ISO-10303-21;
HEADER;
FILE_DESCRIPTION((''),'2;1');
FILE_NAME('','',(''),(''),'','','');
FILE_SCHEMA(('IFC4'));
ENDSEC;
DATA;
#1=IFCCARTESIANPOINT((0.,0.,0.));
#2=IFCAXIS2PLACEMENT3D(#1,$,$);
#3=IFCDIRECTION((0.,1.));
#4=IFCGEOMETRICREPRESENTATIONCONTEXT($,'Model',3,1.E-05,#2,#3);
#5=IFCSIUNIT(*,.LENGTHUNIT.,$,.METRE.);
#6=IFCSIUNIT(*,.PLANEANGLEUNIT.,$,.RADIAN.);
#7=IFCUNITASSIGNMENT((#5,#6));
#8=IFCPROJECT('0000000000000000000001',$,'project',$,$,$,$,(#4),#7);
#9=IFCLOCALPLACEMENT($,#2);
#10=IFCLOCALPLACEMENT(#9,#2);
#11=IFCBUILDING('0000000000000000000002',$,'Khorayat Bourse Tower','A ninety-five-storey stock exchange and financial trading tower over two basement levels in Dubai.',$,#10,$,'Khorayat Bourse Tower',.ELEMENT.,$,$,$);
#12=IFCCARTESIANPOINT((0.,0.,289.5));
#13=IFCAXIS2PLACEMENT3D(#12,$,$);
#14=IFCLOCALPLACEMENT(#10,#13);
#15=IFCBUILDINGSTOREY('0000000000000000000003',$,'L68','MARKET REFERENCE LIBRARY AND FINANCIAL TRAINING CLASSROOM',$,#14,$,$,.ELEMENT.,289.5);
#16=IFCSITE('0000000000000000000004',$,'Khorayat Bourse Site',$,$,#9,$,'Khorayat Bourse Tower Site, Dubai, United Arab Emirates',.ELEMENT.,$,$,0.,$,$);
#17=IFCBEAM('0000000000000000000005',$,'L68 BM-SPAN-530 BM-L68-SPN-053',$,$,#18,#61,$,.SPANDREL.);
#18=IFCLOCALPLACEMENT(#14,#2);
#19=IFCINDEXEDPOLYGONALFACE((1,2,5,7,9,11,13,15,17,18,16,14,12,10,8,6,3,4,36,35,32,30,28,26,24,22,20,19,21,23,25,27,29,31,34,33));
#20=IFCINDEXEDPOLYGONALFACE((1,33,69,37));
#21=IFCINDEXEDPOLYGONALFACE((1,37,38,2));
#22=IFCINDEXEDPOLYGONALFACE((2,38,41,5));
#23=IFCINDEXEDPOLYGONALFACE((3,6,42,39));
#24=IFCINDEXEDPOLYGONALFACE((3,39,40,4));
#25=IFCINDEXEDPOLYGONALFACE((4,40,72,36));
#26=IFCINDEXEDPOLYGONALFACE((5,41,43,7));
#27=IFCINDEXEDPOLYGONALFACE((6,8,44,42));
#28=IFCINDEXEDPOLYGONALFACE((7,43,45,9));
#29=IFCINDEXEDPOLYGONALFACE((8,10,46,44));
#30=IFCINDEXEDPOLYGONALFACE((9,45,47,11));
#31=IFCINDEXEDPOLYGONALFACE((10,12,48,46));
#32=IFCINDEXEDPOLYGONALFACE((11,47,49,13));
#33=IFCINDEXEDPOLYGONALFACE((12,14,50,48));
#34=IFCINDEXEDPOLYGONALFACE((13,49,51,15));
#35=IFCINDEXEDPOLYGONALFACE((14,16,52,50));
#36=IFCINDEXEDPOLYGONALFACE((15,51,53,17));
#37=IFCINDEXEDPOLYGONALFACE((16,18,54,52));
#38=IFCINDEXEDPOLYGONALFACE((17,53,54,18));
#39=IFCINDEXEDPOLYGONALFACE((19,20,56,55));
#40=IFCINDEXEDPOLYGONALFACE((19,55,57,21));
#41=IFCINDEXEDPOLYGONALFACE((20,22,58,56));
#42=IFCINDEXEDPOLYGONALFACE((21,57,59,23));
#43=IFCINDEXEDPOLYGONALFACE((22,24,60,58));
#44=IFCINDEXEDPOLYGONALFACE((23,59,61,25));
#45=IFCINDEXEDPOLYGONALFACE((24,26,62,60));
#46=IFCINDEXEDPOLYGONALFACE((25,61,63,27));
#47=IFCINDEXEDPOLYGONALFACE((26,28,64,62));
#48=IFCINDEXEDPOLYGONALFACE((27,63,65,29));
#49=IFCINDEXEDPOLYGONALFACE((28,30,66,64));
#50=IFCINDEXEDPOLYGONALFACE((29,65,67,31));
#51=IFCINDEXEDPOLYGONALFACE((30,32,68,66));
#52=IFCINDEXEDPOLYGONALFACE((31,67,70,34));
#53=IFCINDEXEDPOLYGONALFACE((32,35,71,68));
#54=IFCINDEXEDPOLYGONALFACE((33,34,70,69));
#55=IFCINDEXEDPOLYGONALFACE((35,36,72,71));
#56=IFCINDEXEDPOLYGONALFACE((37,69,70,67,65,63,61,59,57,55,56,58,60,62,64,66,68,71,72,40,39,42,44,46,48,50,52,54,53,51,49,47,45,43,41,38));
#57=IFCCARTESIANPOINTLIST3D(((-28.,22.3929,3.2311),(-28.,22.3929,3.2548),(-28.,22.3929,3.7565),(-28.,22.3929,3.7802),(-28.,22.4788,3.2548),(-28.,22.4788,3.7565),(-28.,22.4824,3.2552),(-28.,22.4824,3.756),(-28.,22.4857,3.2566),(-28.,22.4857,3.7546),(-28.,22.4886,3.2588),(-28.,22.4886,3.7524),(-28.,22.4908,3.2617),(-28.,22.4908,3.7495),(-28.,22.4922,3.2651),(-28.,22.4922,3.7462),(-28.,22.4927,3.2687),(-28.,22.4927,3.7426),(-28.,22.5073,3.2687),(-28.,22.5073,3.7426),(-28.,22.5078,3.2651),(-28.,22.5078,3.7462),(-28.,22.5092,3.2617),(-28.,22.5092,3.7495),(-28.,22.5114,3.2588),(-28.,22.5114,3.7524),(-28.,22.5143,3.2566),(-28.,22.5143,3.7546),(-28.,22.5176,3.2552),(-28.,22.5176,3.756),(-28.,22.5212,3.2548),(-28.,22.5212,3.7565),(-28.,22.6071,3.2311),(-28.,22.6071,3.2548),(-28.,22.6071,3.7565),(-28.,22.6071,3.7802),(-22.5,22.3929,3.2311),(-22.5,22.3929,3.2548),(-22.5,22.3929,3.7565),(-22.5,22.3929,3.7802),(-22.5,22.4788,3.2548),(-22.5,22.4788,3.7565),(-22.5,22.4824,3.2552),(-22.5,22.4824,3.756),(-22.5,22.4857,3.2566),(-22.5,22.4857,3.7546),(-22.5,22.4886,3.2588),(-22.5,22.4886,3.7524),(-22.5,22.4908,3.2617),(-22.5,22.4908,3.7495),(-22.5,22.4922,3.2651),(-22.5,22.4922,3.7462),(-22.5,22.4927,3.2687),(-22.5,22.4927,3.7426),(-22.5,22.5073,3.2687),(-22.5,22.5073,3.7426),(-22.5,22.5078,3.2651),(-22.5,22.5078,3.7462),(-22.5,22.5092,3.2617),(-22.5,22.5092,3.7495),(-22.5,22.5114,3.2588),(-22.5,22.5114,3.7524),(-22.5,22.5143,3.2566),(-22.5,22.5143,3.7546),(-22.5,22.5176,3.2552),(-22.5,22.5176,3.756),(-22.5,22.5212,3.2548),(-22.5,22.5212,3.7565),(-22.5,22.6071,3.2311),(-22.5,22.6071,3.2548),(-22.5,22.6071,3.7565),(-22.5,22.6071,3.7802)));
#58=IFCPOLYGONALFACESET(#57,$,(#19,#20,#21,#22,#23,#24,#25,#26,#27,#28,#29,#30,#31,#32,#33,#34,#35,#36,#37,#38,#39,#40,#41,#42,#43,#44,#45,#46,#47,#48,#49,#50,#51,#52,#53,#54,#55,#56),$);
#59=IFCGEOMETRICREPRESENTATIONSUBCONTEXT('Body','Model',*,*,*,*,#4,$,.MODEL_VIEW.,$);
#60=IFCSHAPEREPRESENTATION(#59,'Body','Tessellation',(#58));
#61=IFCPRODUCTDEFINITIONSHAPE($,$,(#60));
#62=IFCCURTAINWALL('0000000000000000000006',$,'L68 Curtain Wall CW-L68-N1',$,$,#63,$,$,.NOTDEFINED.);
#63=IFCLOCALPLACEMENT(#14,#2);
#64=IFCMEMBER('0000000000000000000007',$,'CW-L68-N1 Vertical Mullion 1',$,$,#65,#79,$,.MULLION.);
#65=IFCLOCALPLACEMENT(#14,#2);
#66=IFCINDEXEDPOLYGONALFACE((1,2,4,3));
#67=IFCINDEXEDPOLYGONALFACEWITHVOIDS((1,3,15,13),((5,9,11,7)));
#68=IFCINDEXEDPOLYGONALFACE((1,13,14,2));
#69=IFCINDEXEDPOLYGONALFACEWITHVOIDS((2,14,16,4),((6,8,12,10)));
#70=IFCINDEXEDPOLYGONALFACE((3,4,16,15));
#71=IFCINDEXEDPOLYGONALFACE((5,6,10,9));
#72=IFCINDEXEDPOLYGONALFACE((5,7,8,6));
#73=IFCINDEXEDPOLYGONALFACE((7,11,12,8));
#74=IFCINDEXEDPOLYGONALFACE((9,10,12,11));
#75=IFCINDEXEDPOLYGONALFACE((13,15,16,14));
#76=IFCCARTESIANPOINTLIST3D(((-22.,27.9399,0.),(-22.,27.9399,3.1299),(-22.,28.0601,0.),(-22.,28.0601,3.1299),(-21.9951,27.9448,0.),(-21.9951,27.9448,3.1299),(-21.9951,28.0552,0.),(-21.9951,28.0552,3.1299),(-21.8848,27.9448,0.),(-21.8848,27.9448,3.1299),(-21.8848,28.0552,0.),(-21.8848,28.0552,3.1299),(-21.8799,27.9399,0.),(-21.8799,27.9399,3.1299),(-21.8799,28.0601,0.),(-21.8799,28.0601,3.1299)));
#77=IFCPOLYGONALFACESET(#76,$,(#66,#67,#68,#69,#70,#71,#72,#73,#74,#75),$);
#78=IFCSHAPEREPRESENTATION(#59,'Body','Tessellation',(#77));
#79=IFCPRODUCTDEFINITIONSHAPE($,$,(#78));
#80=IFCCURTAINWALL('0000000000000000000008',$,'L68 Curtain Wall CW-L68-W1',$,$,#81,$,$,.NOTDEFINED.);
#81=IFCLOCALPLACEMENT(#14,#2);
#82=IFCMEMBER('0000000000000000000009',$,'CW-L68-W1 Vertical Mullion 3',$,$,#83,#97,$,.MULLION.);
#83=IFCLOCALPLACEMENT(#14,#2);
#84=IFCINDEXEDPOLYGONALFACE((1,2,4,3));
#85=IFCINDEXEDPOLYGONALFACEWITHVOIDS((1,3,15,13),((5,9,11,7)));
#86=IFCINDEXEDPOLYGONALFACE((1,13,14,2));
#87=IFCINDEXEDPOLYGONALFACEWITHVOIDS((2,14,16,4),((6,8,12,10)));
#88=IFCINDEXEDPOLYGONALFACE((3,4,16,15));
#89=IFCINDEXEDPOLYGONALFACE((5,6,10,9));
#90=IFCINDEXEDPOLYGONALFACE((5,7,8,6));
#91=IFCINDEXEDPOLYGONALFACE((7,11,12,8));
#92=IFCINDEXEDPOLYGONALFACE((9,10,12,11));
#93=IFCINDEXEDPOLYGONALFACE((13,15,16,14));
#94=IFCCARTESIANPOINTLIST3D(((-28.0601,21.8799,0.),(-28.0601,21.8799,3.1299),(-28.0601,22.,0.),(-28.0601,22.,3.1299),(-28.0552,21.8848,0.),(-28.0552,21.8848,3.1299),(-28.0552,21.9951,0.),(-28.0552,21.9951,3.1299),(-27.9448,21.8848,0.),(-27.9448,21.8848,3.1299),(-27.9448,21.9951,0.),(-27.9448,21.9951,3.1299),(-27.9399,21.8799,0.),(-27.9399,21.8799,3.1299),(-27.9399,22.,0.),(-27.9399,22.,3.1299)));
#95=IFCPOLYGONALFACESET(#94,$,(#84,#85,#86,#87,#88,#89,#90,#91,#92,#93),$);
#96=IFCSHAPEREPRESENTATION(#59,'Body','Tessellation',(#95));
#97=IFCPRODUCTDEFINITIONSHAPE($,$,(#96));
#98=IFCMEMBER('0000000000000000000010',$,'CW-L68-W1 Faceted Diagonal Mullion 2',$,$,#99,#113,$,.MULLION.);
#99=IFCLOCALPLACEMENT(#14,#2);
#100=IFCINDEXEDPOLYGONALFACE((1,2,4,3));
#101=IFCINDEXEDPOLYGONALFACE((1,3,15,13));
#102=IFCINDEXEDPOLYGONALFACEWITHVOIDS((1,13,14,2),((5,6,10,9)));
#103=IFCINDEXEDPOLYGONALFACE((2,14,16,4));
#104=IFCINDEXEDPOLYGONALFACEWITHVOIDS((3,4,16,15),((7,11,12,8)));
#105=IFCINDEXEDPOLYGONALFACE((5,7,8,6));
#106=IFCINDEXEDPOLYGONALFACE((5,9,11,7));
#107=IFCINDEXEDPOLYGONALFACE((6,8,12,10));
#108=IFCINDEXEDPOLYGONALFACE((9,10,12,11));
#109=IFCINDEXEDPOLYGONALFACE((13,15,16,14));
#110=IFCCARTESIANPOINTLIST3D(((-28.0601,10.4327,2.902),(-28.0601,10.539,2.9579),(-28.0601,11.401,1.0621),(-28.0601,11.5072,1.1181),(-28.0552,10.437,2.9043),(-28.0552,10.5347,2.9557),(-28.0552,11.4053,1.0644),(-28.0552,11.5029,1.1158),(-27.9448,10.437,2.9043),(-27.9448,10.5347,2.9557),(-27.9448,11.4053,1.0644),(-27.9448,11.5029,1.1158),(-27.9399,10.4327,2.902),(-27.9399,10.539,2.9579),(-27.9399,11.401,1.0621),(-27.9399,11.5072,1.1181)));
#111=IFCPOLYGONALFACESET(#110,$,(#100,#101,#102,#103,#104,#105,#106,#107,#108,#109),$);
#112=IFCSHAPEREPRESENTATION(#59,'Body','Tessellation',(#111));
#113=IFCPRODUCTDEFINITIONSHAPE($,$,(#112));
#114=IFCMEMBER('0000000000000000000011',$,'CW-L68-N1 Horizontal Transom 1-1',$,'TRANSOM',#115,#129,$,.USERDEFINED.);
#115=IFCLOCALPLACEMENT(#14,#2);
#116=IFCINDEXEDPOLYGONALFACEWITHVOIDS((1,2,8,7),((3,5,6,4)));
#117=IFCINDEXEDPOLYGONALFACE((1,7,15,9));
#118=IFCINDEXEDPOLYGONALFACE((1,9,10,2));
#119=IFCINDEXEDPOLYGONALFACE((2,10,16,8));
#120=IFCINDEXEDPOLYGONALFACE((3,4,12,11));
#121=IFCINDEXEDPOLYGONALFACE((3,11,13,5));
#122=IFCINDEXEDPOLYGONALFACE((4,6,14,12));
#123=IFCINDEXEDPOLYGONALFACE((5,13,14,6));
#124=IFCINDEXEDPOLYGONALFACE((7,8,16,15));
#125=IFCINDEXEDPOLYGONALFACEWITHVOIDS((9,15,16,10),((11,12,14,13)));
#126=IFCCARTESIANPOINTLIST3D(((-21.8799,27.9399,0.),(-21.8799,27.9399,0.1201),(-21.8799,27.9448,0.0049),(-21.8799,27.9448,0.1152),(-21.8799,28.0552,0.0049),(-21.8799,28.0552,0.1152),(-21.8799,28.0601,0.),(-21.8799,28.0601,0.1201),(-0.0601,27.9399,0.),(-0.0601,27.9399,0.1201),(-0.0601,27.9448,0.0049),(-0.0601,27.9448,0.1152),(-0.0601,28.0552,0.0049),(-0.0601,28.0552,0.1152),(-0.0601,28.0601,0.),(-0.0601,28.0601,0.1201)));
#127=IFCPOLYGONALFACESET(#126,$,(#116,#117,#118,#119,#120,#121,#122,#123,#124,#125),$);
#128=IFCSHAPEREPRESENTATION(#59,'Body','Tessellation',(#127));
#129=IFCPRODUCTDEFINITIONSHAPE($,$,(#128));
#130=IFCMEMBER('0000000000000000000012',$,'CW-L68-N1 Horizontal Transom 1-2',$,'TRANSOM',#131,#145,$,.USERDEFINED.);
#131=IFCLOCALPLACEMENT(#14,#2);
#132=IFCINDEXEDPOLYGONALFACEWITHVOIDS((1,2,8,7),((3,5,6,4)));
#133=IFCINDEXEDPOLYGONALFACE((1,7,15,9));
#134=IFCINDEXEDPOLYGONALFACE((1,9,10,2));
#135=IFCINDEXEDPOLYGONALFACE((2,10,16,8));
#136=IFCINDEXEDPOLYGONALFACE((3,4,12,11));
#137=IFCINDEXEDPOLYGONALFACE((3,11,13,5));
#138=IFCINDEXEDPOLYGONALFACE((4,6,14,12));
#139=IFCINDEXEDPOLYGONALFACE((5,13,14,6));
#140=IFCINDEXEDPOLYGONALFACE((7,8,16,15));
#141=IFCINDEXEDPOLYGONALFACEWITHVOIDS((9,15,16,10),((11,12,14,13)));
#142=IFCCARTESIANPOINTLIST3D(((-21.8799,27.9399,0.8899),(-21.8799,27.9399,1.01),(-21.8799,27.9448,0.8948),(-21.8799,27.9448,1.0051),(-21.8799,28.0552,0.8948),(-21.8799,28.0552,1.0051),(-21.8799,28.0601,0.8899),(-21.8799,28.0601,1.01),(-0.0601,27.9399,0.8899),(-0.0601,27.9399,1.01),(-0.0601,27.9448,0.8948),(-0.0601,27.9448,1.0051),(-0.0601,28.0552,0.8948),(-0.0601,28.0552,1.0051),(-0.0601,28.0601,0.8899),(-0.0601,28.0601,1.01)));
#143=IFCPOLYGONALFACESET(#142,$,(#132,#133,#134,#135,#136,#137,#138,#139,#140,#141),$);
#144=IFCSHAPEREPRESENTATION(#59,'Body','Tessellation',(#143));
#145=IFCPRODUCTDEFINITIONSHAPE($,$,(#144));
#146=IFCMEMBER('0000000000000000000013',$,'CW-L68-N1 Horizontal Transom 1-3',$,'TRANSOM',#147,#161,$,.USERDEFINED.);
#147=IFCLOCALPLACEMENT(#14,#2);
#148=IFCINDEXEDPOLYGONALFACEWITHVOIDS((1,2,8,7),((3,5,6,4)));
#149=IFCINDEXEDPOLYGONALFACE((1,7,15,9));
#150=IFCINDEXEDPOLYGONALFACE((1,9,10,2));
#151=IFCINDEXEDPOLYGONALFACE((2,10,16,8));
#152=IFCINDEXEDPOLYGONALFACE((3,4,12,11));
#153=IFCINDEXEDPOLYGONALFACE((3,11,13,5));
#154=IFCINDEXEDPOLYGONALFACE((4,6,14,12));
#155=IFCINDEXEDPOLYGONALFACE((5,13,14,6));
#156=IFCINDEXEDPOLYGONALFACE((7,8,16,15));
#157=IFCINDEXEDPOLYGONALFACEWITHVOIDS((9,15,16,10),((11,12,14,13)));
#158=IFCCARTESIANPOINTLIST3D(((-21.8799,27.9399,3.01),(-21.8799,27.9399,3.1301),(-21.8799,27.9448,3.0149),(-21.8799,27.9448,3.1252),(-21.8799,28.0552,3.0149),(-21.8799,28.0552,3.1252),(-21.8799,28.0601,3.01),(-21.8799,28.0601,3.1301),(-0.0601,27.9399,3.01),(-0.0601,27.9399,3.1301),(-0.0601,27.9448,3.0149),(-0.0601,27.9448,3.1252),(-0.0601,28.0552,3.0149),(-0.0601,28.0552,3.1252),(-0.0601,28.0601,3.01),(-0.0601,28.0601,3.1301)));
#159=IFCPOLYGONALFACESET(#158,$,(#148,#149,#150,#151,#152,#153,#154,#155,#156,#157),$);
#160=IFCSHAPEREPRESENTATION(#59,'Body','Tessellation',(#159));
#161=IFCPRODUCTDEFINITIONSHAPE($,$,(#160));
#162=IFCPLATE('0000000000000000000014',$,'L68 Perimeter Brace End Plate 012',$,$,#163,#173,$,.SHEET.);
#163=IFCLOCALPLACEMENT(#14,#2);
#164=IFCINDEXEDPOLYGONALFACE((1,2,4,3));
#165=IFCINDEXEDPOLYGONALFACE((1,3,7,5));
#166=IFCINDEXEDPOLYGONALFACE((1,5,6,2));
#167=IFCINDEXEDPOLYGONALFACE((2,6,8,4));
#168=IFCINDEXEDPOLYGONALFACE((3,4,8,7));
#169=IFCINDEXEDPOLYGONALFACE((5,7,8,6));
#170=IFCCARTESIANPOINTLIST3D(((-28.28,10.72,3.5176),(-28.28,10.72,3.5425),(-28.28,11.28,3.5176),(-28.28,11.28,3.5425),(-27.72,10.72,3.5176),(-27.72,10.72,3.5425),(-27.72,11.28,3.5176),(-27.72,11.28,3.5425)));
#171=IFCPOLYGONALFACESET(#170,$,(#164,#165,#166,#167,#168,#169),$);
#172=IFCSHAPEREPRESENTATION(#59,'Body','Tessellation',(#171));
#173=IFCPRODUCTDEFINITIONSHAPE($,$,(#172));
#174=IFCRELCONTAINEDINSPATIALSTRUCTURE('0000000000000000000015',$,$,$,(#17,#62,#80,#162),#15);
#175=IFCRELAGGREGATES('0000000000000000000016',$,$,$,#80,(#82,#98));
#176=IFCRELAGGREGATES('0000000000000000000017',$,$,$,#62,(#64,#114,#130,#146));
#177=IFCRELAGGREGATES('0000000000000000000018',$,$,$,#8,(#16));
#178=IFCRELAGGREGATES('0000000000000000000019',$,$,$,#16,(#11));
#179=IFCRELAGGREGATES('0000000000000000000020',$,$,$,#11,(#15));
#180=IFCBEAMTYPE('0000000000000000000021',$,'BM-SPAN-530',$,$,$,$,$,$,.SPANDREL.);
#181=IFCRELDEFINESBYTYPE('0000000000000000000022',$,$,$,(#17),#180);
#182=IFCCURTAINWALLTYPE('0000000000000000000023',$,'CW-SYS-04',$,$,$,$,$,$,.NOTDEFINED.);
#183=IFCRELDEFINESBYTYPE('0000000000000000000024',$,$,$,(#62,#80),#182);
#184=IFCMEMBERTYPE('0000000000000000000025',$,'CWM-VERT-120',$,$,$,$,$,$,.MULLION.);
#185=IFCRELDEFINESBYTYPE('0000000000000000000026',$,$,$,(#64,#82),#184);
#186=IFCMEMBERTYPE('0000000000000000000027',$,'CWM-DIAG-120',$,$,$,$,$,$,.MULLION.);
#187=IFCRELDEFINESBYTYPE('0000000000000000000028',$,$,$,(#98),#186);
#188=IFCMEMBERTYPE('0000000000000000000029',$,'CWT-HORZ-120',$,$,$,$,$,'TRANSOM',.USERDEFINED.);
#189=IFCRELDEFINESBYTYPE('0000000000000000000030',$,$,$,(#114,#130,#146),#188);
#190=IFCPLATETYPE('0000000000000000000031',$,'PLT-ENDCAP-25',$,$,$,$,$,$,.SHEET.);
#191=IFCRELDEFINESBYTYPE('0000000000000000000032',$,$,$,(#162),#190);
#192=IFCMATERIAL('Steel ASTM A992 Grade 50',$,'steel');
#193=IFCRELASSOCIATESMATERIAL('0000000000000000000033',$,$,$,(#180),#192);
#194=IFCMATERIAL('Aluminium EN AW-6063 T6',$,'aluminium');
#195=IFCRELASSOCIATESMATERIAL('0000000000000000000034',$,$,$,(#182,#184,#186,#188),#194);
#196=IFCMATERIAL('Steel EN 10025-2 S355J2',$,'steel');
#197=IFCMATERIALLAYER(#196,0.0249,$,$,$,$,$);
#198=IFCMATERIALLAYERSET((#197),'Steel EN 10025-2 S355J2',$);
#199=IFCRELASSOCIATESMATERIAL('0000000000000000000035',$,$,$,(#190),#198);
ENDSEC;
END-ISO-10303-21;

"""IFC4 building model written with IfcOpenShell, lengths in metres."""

from ifc_helpers import new_model, si_unit, direction, frame, origin, origin_2d, place, context, subcontext, project, spatial, rectangle, hollow_rectangle, i_section, extrude, source, transform, mapped, material, layer, layer_set, material_profile, profile_set, type_object, element, aggregate, save


model = new_model("IFC4")

# Units and contexts
model_context = context("Model", 3, precision=1e-05, world=origin(), true_north=direction((0.0, 1.0)))
body_context = subcontext(model_context, "Body", "Model", "MODEL_VIEW")
ifc_project = project(units=[si_unit("LENGTHUNIT", "METRE"), si_unit("PLANEANGLEUNIT", "RADIAN")], contexts=[model_context])

# Site, building, storey
site_placement = place(None, origin())
site = spatial("IfcSite", under=ifc_project, at=site_placement, Name="Khorayat Bourse Site", LongName="Khorayat Bourse Tower Site, Dubai, United Arab Emirates", CompositionType="ELEMENT", RefElevation=0.0)
building_placement = place(site_placement, origin())
building = spatial("IfcBuilding", under=site, at=building_placement, Name="Khorayat Bourse Tower", Description="A ninety-five-storey stock exchange and financial trading tower over two basement levels in Dubai.", LongName="Khorayat Bourse Tower", CompositionType="ELEMENT")
storey_placement = place(building_placement, frame((0.0, 0.0, 289.5)))
storey = spatial("IfcBuildingStorey", under=building, at=storey_placement, Name="L68", Description="MARKET REFERENCE LIBRARY AND FINANCIAL TRAINING CLASSROOM", CompositionType="ELEMENT", Elevation=289.5)

# Beam
ifc_material_1 = material(Name="Steel ASTM A992 Grade 50", Category="steel")
ifc_material_profile_1 = material_profile(ifc_material_1, i_section(OverallWidth=0.2141, OverallDepth=0.5491, WebThickness=0.0146, FlangeThickness=0.0237, FilletRadius=0.0139, at=origin_2d()), Name="W530X138")
ifc_profile_set_1 = profile_set([ifc_material_profile_1], Name="Steel ASTM A992 Grade 50")
beam_type_1 = type_object("IfcBeamType", Name="BM-SPAN-530", PredefinedType="SPANDREL", material=ifc_profile_set_1)
shared_shape_1 = source(origin(), body_context, "Body", "SweptSolid", [
    extrude(i_section(OverallWidth=0.2141, OverallDepth=0.5491, WebThickness=0.0146, FlangeThickness=0.0237, FilletRadius=0.0139, at=origin_2d()), origin(), (0.0, 0.0, 1.0), 5.5),
])
for number, where, z_axis, x_axis, name in (
    (1, (-28.0, 22.5, 3.5056), (1.0, 0.0, 0.0), (0.0, 1.0, 0.0), "L68 BM-SPAN-530 BM-L68-SPN-053"),
):
    element("IfcBeam", number, at=place(storey_placement, frame(where, z_axis=z_axis, x_axis=x_axis)), inside=storey, type_object=beam_type_1, Name=name, PredefinedType="SPANDREL", context=body_context, shape_type="MappedRepresentation", body=[
        mapped(shared_shape_1, transform((0.0, 0.0, 0.0), scale=1.0)),
    ])

# Curtain wall, member
ifc_material_2 = material(Name="Aluminium EN AW-6063 T6", Category="aluminium")
curtain_wall_type = type_object("IfcCurtainWallType", Name="CW-SYS-04", PredefinedType="NOTDEFINED", material=ifc_material_2)
curtain_wall_1_placement = place(storey_placement, origin())
curtain_wall_1 = element("IfcCurtainWall", 2, at=curtain_wall_1_placement, inside=storey, type_object=curtain_wall_type, Name="L68 Curtain Wall CW-L68-N1", PredefinedType="NOTDEFINED")
ifc_material_profile_2 = material_profile(ifc_material_2, hollow_rectangle(XDim=0.1201, YDim=0.1201, WallThickness=0.0049, at=origin_2d()), Name="ALU 120x120x5")
ifc_profile_set_2 = profile_set([ifc_material_profile_2], Name="Aluminium EN AW-6063 T6")
member_type_1 = type_object("IfcMemberType", Name="CWM-VERT-120", PredefinedType="MULLION", material=ifc_profile_set_2)
shared_shape_2 = source(origin(), body_context, "Body", "SweptSolid", [
    extrude(hollow_rectangle(XDim=0.1201, YDim=0.1201, WallThickness=0.0049, at=origin_2d()), origin(), (0.0, 0.0, 1.0), 3.1299),
])
member_1_placement = place(storey_placement, frame((-21.9399, 28.0, 0.0), z_axis=(0.0, 0.0, 1.0), x_axis=(0.0, 1.0, 0.0)))
member_1 = element("IfcMember", 3, at=member_1_placement, type_object=member_type_1, Name="CW-L68-N1 Vertical Mullion 1", PredefinedType="MULLION", context=body_context, shape_type="MappedRepresentation", body=[
    mapped(shared_shape_2, transform((0.0, 0.0, 0.0), scale=1.0)),
])

# Curtain wall, members
curtain_wall_2_placement = place(storey_placement, origin())
curtain_wall_2 = element("IfcCurtainWall", 4, at=curtain_wall_2_placement, inside=storey, type_object=curtain_wall_type, Name="L68 Curtain Wall CW-L68-W1", PredefinedType="NOTDEFINED")
member_2_placement = place(storey_placement, frame((-28.0, 21.9399, 0.0), z_axis=(0.0, 0.0, 1.0), x_axis=(-1.0, 0.0, 0.0)))
member_2 = element("IfcMember", 5, at=member_2_placement, type_object=member_type_1, Name="CW-L68-W1 Vertical Mullion 3", PredefinedType="MULLION", context=body_context, shape_type="MappedRepresentation", body=[
    mapped(shared_shape_2, transform((0.0, 0.0, 0.0), scale=1.0)),
])
ifc_material_profile_3 = material_profile(ifc_material_2, hollow_rectangle(XDim=0.1201, YDim=0.1201, WallThickness=0.0049, at=origin_2d()), Name="ALU 120x120x5")
ifc_profile_set_3 = profile_set([ifc_material_profile_3], Name="Aluminium EN AW-6063 T6")
member_type_2 = type_object("IfcMemberType", Name="CWM-DIAG-120", PredefinedType="MULLION", material=ifc_profile_set_3)
shared_shape_3 = source(origin(), body_context, "Body", "SweptSolid", [
    extrude(hollow_rectangle(XDim=0.1201, YDim=0.1201, WallThickness=0.0049, at=origin_2d()), origin(), (0.0, 0.0, 1.0), 2.0791),
])
member_3_placement = place(storey_placement, frame((-28.0, 11.4541, 1.0901), z_axis=(0.0, -0.465717, 0.884934), x_axis=(1.0, 0.0, 0.0)))
member_3 = element("IfcMember", 6, at=member_3_placement, type_object=member_type_2, Name="CW-L68-W1 Faceted Diagonal Mullion 2", PredefinedType="MULLION", context=body_context, shape_type="MappedRepresentation", body=[
    mapped(shared_shape_3, transform((0.0, 0.0, 0.0), scale=1.0)),
])
aggregate(curtain_wall_2, [member_2, member_3])

# Members
ifc_material_profile_4 = material_profile(ifc_material_2, hollow_rectangle(XDim=0.1201, YDim=0.1201, WallThickness=0.0049, at=origin_2d()), Name="ALU 120x120x5")
ifc_profile_set_4 = profile_set([ifc_material_profile_4], Name="Aluminium EN AW-6063 T6")
member_type_3 = type_object("IfcMemberType", Name="CWT-HORZ-120", ElementType="TRANSOM", PredefinedType="USERDEFINED", material=ifc_profile_set_4)
shared_shape_4 = source(origin(), body_context, "Body", "SweptSolid", [
    extrude(hollow_rectangle(XDim=0.1201, YDim=0.1201, WallThickness=0.0049, at=origin_2d()), origin(), (0.0, 0.0, 1.0), 21.8198),
])
member_4_placement = place(storey_placement, frame((-21.8799, 28.0, 0.0601), z_axis=(1.0, 0.0, 0.0), x_axis=(0.0, 1.0, 0.0)))
member_4 = element("IfcMember", 7, at=member_4_placement, type_object=member_type_3, Name="CW-L68-N1 Horizontal Transom 1-1", ObjectType="TRANSOM", PredefinedType="USERDEFINED", context=body_context, shape_type="MappedRepresentation", body=[
    mapped(shared_shape_4, transform((0.0, 0.0, 0.0), scale=1.0)),
])
member_5_placement = place(storey_placement, frame((-21.8799, 28.0, 0.95), z_axis=(1.0, 0.0, 0.0), x_axis=(0.0, 1.0, 0.0)))
member_5 = element("IfcMember", 8, at=member_5_placement, type_object=member_type_3, Name="CW-L68-N1 Horizontal Transom 1-2", ObjectType="TRANSOM", PredefinedType="USERDEFINED", context=body_context, shape_type="MappedRepresentation", body=[
    mapped(shared_shape_4, transform((0.0, 0.0, 0.0), scale=1.0)),
])
member_6_placement = place(storey_placement, frame((-21.8799, 28.0, 3.0701), z_axis=(1.0, 0.0, 0.0), x_axis=(0.0, 1.0, 0.0)))
member_6 = element("IfcMember", 9, at=member_6_placement, type_object=member_type_3, Name="CW-L68-N1 Horizontal Transom 1-3", ObjectType="TRANSOM", PredefinedType="USERDEFINED", context=body_context, shape_type="MappedRepresentation", body=[
    mapped(shared_shape_4, transform((0.0, 0.0, 0.0), scale=1.0)),
])
aggregate(curtain_wall_1, [member_1, member_4, member_5, member_6])

# Plate
ifc_material_3 = material(Name="Steel EN 10025-2 S355J2", Category="steel")
ifc_layer_1 = layer(ifc_material_3, 0.0249)
ifc_layer_set_1 = layer_set([ifc_layer_1], Name="Steel EN 10025-2 S355J2")
plate_type = type_object("IfcPlateType", Name="PLT-ENDCAP-25", PredefinedType="SHEET", material=ifc_layer_set_1)
shared_shape_5 = source(origin(), body_context, "Body", "SweptSolid", [
    extrude(rectangle(XDim=0.5601, YDim=0.5601, at=origin_2d()), origin(), (0.0, 0.0, 1.0), 0.0249),
])
plate_placement = place(storey_placement, frame((-28.0, 11.0, 3.5176), z_axis=(0.0, 0.0, 1.0), x_axis=(1.0, 0.0, 0.0)))
element("IfcPlate", 10, at=plate_placement, inside=storey, type_object=plate_type, Name="L68 Perimeter Brace End Plate 012", PredefinedType="SHEET", context=body_context, shape_type="MappedRepresentation", body=[
    mapped(shared_shape_5, transform((0.0, 0.0, 0.0), scale=1.0)),
])

save(model, "model.ifc")
